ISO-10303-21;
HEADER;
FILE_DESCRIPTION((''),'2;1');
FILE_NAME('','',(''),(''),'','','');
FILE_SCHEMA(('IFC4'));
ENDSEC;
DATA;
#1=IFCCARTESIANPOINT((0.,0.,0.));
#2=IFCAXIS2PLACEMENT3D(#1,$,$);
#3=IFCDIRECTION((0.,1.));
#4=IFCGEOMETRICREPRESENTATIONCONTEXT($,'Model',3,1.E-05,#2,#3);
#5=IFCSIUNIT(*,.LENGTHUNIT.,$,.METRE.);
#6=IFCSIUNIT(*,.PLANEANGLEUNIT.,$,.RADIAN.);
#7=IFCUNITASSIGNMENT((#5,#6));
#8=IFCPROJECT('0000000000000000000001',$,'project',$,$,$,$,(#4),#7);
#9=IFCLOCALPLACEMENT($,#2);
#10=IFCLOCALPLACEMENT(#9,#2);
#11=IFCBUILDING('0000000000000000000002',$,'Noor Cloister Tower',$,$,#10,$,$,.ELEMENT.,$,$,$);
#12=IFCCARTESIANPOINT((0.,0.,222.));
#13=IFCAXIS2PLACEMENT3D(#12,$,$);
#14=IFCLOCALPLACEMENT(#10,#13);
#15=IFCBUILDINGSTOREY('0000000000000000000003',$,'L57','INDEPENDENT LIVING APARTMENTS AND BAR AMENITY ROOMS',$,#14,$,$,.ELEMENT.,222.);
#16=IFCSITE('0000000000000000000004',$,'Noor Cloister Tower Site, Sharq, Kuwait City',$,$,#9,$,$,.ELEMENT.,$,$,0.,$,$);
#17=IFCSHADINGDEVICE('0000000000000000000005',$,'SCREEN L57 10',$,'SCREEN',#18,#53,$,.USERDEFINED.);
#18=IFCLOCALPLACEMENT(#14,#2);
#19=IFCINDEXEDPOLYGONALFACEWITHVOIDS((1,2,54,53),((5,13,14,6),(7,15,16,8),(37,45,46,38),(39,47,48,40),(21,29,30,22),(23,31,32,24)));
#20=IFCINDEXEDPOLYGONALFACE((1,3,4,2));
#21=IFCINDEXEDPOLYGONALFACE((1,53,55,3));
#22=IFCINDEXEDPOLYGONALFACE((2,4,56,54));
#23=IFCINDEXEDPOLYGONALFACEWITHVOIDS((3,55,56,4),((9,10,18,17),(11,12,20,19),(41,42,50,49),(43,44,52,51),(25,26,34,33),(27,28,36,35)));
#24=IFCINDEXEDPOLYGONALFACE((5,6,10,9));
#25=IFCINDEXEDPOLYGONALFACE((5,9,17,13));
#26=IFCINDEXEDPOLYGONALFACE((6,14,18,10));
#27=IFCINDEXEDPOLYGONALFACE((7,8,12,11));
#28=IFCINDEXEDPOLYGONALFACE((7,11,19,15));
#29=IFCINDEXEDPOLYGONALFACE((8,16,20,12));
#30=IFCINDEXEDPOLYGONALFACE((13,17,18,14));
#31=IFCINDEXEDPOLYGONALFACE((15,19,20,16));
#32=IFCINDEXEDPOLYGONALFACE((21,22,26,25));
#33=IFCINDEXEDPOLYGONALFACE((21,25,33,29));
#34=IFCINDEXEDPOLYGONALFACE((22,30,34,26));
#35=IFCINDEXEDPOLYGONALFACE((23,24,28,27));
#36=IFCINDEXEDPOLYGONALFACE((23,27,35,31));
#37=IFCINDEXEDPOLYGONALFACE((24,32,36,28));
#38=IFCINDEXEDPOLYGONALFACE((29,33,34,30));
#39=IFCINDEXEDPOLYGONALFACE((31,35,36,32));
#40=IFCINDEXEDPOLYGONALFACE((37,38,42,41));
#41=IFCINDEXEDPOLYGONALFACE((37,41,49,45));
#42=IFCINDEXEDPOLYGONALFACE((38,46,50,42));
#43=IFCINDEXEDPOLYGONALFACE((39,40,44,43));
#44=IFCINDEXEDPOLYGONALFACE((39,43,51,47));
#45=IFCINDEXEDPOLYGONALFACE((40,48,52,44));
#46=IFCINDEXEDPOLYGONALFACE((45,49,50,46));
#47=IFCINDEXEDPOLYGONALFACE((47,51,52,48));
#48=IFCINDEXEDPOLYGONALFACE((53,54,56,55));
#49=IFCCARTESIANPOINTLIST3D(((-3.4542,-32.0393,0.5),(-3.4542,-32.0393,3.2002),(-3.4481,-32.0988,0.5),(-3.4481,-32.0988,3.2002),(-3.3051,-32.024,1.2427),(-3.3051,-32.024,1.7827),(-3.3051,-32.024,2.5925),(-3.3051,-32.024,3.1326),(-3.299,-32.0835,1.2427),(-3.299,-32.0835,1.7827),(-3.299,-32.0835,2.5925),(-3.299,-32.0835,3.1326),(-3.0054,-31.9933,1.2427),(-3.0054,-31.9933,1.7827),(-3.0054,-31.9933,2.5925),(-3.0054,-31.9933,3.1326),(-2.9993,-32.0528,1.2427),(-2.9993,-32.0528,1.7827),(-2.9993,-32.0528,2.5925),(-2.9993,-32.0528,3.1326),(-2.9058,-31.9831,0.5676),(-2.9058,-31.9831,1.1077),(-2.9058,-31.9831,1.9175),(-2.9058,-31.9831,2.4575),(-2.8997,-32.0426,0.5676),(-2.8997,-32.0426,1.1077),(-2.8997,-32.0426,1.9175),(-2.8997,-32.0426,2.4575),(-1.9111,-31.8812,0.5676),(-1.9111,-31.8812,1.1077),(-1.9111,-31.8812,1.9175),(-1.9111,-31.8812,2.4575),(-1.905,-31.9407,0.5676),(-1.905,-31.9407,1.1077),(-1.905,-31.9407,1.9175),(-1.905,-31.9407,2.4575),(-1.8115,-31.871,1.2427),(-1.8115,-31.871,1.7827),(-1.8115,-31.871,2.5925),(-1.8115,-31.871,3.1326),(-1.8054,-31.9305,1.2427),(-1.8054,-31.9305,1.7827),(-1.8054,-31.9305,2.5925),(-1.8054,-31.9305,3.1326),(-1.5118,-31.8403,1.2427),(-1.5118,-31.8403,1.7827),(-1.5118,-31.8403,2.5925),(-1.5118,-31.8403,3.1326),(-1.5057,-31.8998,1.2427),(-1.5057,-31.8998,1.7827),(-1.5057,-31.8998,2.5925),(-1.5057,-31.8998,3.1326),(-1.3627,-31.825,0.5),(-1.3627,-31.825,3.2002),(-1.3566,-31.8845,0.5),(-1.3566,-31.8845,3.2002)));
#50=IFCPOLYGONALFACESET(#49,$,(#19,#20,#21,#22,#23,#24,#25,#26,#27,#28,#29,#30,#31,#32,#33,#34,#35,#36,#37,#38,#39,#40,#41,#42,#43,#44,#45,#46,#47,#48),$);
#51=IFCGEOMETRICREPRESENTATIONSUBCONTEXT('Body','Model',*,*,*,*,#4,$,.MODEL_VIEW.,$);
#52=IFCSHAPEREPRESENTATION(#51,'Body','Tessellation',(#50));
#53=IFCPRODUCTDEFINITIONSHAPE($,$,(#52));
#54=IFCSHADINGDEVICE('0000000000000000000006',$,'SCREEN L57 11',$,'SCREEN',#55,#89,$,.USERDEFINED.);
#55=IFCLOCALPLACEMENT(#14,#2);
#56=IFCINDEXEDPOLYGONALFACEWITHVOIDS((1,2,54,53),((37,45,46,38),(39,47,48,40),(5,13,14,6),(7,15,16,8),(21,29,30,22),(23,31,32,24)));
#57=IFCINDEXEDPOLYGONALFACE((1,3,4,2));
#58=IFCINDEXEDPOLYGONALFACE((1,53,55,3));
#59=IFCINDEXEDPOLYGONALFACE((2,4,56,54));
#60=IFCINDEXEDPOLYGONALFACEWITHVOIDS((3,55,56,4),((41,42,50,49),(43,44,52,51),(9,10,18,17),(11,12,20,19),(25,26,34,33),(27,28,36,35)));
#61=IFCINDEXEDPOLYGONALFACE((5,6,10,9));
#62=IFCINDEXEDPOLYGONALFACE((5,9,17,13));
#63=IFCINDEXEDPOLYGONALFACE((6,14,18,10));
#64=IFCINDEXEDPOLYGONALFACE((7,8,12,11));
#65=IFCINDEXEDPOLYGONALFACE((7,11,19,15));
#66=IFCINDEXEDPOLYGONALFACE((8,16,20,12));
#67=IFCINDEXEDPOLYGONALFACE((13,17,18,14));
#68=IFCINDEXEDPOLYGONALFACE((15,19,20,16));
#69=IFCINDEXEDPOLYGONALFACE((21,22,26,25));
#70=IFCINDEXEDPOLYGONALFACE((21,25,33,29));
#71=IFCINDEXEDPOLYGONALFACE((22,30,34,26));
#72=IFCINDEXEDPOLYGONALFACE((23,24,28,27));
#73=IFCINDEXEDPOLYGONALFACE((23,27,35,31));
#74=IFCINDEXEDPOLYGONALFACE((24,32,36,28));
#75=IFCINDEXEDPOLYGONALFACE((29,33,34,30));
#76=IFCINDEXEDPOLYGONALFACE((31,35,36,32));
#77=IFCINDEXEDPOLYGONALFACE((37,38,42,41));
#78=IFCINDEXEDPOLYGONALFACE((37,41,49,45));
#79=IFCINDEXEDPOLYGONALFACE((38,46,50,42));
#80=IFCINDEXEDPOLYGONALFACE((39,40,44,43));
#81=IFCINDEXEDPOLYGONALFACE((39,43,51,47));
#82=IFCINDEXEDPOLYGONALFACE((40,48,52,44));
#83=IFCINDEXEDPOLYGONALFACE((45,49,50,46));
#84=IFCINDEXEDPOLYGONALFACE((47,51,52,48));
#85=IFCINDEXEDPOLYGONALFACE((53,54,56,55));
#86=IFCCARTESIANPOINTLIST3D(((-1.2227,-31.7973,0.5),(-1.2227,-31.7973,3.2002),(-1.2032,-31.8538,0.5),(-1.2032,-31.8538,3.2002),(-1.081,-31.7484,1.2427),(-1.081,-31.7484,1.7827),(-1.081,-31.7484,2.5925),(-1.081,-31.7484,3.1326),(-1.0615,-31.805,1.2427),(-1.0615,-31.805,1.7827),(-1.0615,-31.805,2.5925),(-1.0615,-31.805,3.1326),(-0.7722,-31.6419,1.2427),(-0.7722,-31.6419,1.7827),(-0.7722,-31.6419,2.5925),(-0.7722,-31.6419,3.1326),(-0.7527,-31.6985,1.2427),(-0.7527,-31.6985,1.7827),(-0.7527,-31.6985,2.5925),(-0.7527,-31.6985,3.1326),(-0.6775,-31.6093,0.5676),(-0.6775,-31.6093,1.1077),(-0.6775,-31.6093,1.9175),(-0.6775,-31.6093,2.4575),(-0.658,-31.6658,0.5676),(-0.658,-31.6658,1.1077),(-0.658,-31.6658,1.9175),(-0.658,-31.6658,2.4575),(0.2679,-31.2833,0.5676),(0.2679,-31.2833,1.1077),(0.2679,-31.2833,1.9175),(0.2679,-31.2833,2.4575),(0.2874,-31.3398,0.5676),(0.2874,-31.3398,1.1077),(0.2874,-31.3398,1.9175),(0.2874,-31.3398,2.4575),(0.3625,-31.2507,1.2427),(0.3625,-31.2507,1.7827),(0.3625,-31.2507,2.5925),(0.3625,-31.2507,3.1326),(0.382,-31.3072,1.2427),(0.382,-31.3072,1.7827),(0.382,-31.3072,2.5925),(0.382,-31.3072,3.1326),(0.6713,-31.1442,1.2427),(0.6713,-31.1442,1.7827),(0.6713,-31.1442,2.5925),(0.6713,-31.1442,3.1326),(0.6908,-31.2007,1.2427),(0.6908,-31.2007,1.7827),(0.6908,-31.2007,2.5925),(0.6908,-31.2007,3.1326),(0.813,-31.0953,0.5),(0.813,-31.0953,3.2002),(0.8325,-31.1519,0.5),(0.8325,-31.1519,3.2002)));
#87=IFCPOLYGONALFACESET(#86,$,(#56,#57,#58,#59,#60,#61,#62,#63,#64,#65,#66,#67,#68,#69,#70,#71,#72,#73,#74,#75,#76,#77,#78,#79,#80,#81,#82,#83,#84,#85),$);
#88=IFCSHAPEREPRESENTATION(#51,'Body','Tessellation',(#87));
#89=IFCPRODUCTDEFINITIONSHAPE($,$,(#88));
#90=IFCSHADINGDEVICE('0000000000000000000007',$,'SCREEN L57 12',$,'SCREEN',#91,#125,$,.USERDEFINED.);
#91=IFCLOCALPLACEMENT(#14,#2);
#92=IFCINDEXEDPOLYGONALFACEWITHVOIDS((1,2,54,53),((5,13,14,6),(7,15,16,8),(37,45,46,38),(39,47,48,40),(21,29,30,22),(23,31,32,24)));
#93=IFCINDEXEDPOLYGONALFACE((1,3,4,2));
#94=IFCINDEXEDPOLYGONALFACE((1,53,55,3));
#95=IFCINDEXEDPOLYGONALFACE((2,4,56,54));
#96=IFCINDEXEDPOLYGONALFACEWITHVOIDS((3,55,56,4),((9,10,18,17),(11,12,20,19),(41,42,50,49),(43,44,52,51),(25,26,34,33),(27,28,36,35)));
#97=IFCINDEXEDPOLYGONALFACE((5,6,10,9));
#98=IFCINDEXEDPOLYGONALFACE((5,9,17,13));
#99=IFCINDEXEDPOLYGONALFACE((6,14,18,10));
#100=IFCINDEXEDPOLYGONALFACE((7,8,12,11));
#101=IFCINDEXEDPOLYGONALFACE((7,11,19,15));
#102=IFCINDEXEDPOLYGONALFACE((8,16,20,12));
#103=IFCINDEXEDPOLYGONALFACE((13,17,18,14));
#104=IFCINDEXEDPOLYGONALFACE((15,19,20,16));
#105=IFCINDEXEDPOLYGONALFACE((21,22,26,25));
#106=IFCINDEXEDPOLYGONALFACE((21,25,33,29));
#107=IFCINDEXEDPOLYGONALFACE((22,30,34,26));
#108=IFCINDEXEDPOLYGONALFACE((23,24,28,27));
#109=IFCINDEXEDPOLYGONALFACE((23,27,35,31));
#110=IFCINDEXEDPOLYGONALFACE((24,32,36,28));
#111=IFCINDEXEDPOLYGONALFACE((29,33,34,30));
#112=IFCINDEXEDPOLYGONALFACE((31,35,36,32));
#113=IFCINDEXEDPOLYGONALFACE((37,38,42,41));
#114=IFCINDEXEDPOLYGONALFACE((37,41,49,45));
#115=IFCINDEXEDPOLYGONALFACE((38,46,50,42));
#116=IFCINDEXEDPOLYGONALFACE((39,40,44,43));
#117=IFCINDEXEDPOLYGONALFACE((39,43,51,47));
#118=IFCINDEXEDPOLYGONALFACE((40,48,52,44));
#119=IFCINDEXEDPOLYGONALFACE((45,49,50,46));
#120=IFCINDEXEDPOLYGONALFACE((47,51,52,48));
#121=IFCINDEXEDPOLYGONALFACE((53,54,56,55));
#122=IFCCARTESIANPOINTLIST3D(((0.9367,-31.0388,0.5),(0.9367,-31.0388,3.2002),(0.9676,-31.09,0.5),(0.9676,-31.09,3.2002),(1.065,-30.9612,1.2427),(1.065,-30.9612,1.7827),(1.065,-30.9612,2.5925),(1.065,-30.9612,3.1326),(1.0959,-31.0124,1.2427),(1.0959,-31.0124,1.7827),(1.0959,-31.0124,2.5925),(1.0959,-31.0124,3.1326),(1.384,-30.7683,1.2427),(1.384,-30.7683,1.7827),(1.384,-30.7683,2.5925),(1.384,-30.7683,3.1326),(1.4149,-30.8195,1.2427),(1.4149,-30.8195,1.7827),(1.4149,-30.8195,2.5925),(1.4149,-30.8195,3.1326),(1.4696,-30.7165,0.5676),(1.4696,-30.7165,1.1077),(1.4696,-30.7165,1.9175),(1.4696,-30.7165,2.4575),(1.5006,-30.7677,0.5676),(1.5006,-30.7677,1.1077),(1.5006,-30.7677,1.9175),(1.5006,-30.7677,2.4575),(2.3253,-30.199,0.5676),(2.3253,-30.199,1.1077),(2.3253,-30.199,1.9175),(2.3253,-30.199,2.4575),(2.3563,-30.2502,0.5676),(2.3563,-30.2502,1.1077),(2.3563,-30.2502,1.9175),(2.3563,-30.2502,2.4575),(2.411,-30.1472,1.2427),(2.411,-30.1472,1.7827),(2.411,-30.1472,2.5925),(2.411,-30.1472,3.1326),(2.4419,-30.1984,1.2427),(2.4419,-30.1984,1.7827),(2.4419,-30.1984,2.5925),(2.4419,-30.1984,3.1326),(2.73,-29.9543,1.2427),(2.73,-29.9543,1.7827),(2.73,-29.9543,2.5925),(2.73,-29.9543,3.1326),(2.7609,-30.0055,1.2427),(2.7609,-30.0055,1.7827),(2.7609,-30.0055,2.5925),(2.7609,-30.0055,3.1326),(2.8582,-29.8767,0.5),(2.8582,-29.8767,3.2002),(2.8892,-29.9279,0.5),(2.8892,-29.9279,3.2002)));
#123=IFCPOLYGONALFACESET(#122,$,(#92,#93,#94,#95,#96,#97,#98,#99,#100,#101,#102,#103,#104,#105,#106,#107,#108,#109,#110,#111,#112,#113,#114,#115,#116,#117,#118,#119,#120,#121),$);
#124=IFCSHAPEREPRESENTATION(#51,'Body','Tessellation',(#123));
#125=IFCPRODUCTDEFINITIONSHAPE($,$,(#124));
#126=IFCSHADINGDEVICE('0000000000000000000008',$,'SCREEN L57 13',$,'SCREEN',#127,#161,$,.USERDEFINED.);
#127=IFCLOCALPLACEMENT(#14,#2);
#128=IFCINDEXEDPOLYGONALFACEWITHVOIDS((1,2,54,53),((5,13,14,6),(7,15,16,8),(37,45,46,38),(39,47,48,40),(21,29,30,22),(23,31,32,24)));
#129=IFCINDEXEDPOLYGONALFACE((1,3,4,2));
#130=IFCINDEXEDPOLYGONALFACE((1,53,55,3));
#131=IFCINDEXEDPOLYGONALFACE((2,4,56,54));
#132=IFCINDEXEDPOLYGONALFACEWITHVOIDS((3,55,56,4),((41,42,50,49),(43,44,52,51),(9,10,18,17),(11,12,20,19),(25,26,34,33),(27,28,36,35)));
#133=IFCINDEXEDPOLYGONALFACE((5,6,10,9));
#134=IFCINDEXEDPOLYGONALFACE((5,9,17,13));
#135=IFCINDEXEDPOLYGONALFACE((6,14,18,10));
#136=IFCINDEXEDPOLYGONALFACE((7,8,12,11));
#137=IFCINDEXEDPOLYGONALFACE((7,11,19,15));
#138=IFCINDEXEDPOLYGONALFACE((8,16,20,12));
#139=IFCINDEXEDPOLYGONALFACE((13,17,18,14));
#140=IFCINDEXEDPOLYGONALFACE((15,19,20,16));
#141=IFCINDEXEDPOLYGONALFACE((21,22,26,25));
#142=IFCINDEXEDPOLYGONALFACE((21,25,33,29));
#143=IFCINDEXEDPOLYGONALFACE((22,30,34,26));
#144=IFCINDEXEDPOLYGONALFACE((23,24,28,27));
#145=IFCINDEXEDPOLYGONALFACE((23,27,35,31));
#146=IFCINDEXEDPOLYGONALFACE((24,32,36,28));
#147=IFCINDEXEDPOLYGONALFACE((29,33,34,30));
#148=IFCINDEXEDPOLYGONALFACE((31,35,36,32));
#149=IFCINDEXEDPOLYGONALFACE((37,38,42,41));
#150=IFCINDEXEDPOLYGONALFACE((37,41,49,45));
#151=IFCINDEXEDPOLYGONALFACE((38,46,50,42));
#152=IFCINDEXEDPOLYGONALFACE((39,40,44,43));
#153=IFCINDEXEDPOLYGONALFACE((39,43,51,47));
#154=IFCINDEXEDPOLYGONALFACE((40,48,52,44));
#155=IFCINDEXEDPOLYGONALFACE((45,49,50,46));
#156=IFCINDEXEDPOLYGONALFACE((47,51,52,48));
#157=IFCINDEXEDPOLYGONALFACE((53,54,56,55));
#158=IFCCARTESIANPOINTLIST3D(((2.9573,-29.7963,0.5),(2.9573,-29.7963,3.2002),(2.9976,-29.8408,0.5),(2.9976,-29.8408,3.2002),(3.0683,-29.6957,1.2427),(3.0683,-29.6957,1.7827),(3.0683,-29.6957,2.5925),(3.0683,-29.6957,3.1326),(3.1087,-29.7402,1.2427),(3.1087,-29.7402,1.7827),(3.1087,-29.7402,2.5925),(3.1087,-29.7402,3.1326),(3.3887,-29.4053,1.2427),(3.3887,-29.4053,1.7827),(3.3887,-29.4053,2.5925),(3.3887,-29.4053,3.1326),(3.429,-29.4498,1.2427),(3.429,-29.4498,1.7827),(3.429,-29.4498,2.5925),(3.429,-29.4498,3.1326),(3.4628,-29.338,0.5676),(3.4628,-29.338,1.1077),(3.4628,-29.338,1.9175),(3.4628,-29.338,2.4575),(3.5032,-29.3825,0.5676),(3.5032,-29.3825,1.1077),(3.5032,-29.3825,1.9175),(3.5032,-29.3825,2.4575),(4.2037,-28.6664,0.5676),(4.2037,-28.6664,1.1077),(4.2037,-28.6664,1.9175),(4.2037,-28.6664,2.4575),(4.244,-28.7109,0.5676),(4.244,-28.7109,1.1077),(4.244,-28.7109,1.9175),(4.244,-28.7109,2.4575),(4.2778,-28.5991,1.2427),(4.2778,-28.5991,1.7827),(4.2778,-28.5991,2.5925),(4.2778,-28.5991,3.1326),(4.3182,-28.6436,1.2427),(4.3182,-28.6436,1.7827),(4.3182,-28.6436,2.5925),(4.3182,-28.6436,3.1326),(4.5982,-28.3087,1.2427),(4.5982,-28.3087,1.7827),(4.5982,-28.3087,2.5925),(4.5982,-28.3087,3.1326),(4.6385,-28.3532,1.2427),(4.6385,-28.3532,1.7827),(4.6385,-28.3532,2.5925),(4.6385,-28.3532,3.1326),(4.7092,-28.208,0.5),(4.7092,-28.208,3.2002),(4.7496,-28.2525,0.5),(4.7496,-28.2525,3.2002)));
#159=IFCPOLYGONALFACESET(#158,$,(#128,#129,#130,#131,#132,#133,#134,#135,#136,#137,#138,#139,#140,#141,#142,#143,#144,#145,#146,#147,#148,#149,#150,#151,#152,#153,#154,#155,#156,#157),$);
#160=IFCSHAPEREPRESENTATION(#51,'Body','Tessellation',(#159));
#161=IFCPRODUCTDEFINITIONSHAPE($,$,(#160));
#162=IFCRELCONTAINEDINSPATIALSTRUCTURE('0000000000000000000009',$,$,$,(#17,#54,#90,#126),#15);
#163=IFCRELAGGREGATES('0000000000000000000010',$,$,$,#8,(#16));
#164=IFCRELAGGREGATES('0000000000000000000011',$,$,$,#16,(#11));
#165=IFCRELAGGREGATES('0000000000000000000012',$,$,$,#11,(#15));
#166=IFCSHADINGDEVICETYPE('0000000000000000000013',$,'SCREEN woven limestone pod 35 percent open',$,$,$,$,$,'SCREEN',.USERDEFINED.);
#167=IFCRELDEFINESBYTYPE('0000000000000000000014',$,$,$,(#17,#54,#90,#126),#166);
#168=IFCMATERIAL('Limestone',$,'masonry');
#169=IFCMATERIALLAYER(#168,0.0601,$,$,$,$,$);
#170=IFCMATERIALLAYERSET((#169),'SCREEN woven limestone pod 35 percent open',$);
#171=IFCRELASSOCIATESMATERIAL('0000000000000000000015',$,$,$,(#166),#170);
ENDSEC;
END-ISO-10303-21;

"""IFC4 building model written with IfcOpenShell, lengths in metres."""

from ifc_helpers import new_model, si_unit, direction, frame, origin, place, context, subcontext, project, spatial, polyline, outline, extrude, material, layer, layer_set, type_object, element, save


model = new_model("IFC4")

# Units and contexts
model_context = context("Model", 3, precision=1e-05, world=origin(), true_north=direction((0.0, 1.0)))
body_context = subcontext(model_context, "Body", "Model", "MODEL_VIEW")
ifc_project = project(units=[si_unit("LENGTHUNIT", "METRE"), si_unit("PLANEANGLEUNIT", "RADIAN")], contexts=[model_context])

# Site, building, storey
site_placement = place(None, origin())
site = spatial("IfcSite", under=ifc_project, at=site_placement, Name="Noor Cloister Tower Site, Sharq, Kuwait City", CompositionType="ELEMENT", RefElevation=0.0)
building_placement = place(site_placement, origin())
building = spatial("IfcBuilding", under=site, at=building_placement, Name="Noor Cloister Tower", CompositionType="ELEMENT")
storey_placement = place(building_placement, frame((0.0, 0.0, 222.0)))
storey = spatial("IfcBuildingStorey", under=building, at=storey_placement, Name="L57", Description="INDEPENDENT LIVING APARTMENTS AND BAR AMENITY ROOMS", CompositionType="ELEMENT", Elevation=222.0)

# Shading devices
ifc_material_1 = material(Name="Limestone", Category="masonry")
ifc_layer_1 = layer(ifc_material_1, 0.0601)
ifc_layer_set_1 = layer_set([ifc_layer_1], Name="SCREEN woven limestone pod 35 percent open")
shading_device_type = type_object("IfcShadingDeviceType", Name="SCREEN woven limestone pod 35 percent open", ElementType="SCREEN", PredefinedType="USERDEFINED", material=ifc_layer_set_1)
shading_device_1_placement = place(storey_placement, frame((-2.4084, -31.9321, 1.8501), z_axis=(0.101925, -0.994792, 0.0), x_axis=(0.994792, 0.101925, 0.0)))
element("IfcShadingDevice", 1, at=shading_device_1_placement, inside=storey, type_object=shading_device_type, Name="SCREEN L57 10", ObjectType="SCREEN", PredefinedType="USERDEFINED", context=body_context, shape_type="SweptSolid", body=[
    extrude(outline(polyline([(-1.0513, -1.3501), (1.0513, -1.3501), (1.0513, 1.3501), (-1.0513, 1.3501), (-1.0513, -1.3501)]), holes=[polyline([(-0.5, -1.2825), (0.5, -1.2825), (0.5, -0.7424), (-0.5, -0.7424), (-0.5, -1.2825)]), polyline([(0.6001, -0.6074), (0.9014, -0.6074), (0.9014, -0.0674), (0.6001, -0.0674), (0.6001, -0.6074)]), polyline([(-0.9014, -0.6074), (-0.6001, -0.6074), (-0.6001, -0.0674), (-0.9014, -0.0674), (-0.9014, -0.6074)]), polyline([(-0.5, 0.0674), (0.5, 0.0674), (0.5, 0.6074), (-0.5, 0.6074), (-0.5, 0.0674)]), polyline([(0.6001, 0.7424), (0.9014, 0.7424), (0.9014, 1.2825), (0.6001, 1.2825), (0.6001, 0.7424)]), polyline([(-0.9014, 0.7424), (-0.6001, 0.7424), (-0.6001, 1.2825), (-0.9014, 1.2825), (-0.9014, 0.7424)])]), origin(), (0.0, 0.0, 1.0), 0.0598),
])
shading_device_2_placement = place(storey_placement, frame((-0.2048, -31.4463, 1.8501), z_axis=(0.325991, -0.945373, 0.0), x_axis=(0.945373, 0.325991, 0.0)))
element("IfcShadingDevice", 2, at=shading_device_2_placement, inside=storey, type_object=shading_device_type, Name="SCREEN L57 11", ObjectType="SCREEN", PredefinedType="USERDEFINED", context=body_context, shape_type="SweptSolid", body=[
    extrude(outline(polyline([(-1.0767, -1.3501), (1.0767, -1.3501), (1.0767, 1.3501), (-1.0767, 1.3501), (-1.0767, -1.3501)]), holes=[polyline([(-0.5, -1.2825), (0.5, -1.2825), (0.5, -0.7424), (-0.5, -0.7424), (-0.5, -1.2825)]), polyline([(0.6001, -0.6074), (0.9268, -0.6074), (0.9268, -0.0674), (0.6001, -0.0674), (0.6001, -0.6074)]), polyline([(-0.9268, -0.6074), (-0.6001, -0.6074), (-0.6001, -0.0674), (-0.9268, -0.0674), (-0.9268, -0.6074)]), polyline([(-0.5, 0.0674), (0.5, 0.0674), (0.5, 0.6074), (-0.5, 0.6074), (-0.5, 0.0674)]), polyline([(0.6001, 0.7424), (0.9268, 0.7424), (0.9268, 1.2825), (0.6001, 1.2825), (0.6001, 0.7424)]), polyline([(-0.9268, 0.7424), (-0.6001, 0.7424), (-0.6001, 1.2825), (-0.9268, 1.2825), (-0.9268, 0.7424)])]), origin(), (0.0, 0.0, 1.0), 0.0598),
])
shading_device_3_placement = place(storey_placement, frame((1.8975, -30.4578, 1.8501), z_axis=(0.517489, -0.85569, 0.0), x_axis=(0.85569, 0.517489, 0.0)))
element("IfcShadingDevice", 3, at=shading_device_3_placement, inside=storey, type_object=shading_device_type, Name="SCREEN L57 12", ObjectType="SCREEN", PredefinedType="USERDEFINED", context=body_context, shape_type="SweptSolid", body=[
    extrude(outline(polyline([(-1.1228, -1.3501), (1.1228, -1.3501), (1.1228, 1.3501), (-1.1228, 1.3501), (-1.1228, -1.3501)]), holes=[polyline([(-0.5, -1.2825), (0.5, -1.2825), (0.5, -0.7424), (-0.5, -0.7424), (-0.5, -1.2825)]), polyline([(0.6001, -0.6074), (0.9729, -0.6074), (0.9729, -0.0674), (0.6001, -0.0674), (0.6001, -0.6074)]), polyline([(-0.9729, -0.6074), (-0.6001, -0.6074), (-0.6001, -0.0674), (-0.9729, -0.0674), (-0.9729, -0.6074)]), polyline([(-0.5, 0.0674), (0.5, 0.0674), (0.5, 0.6074), (-0.5, 0.6074), (-0.5, 0.0674)]), polyline([(0.6001, 0.7424), (0.9729, 0.7424), (0.9729, 1.2825), (0.6001, 1.2825), (0.6001, 0.7424)]), polyline([(-0.9729, 0.7424), (-0.6001, 0.7424), (-0.6001, 1.2825), (-0.9729, 1.2825), (-0.9729, 0.7424)])]), origin(), (0.0, 0.0, 1.0), 0.0598),
])
shading_device_4_placement = place(storey_placement, frame((3.8333, -29.0022, 1.8501), z_axis=(0.671659, -0.74086, 0.0), x_axis=(0.74086, 0.671659, 0.0)))
element("IfcShadingDevice", 4, at=shading_device_4_placement, inside=storey, type_object=shading_device_type, Name="SCREEN L57 13", ObjectType="SCREEN", PredefinedType="USERDEFINED", context=body_context, shape_type="SweptSolid", body=[
    extrude(outline(polyline([(-1.1824, -1.3501), (1.1824, -1.3501), (1.1824, 1.3501), (-1.1824, 1.3501), (-1.1824, -1.3501)]), holes=[polyline([(-0.5, -1.2825), (0.5, -1.2825), (0.5, -0.7424), (-0.5, -0.7424), (-0.5, -1.2825)]), polyline([(0.6001, -0.6074), (1.0325, -0.6074), (1.0325, -0.0674), (0.6001, -0.0674), (0.6001, -0.6074)]), polyline([(-1.0325, -0.6074), (-0.6001, -0.6074), (-0.6001, -0.0674), (-1.0325, -0.0674), (-1.0325, -0.6074)]), polyline([(-0.5, 0.0674), (0.5, 0.0674), (0.5, 0.6074), (-0.5, 0.6074), (-0.5, 0.0674)]), polyline([(0.6001, 0.7424), (1.0325, 0.7424), (1.0325, 1.2825), (0.6001, 1.2825), (0.6001, 0.7424)]), polyline([(-1.0325, 0.7424), (-0.6001, 0.7424), (-0.6001, 1.2825), (-1.0325, 1.2825), (-1.0325, 0.7424)])]), origin(), (0.0, 0.0, 1.0), 0.0601),
])

save(model, "model.ifc")
